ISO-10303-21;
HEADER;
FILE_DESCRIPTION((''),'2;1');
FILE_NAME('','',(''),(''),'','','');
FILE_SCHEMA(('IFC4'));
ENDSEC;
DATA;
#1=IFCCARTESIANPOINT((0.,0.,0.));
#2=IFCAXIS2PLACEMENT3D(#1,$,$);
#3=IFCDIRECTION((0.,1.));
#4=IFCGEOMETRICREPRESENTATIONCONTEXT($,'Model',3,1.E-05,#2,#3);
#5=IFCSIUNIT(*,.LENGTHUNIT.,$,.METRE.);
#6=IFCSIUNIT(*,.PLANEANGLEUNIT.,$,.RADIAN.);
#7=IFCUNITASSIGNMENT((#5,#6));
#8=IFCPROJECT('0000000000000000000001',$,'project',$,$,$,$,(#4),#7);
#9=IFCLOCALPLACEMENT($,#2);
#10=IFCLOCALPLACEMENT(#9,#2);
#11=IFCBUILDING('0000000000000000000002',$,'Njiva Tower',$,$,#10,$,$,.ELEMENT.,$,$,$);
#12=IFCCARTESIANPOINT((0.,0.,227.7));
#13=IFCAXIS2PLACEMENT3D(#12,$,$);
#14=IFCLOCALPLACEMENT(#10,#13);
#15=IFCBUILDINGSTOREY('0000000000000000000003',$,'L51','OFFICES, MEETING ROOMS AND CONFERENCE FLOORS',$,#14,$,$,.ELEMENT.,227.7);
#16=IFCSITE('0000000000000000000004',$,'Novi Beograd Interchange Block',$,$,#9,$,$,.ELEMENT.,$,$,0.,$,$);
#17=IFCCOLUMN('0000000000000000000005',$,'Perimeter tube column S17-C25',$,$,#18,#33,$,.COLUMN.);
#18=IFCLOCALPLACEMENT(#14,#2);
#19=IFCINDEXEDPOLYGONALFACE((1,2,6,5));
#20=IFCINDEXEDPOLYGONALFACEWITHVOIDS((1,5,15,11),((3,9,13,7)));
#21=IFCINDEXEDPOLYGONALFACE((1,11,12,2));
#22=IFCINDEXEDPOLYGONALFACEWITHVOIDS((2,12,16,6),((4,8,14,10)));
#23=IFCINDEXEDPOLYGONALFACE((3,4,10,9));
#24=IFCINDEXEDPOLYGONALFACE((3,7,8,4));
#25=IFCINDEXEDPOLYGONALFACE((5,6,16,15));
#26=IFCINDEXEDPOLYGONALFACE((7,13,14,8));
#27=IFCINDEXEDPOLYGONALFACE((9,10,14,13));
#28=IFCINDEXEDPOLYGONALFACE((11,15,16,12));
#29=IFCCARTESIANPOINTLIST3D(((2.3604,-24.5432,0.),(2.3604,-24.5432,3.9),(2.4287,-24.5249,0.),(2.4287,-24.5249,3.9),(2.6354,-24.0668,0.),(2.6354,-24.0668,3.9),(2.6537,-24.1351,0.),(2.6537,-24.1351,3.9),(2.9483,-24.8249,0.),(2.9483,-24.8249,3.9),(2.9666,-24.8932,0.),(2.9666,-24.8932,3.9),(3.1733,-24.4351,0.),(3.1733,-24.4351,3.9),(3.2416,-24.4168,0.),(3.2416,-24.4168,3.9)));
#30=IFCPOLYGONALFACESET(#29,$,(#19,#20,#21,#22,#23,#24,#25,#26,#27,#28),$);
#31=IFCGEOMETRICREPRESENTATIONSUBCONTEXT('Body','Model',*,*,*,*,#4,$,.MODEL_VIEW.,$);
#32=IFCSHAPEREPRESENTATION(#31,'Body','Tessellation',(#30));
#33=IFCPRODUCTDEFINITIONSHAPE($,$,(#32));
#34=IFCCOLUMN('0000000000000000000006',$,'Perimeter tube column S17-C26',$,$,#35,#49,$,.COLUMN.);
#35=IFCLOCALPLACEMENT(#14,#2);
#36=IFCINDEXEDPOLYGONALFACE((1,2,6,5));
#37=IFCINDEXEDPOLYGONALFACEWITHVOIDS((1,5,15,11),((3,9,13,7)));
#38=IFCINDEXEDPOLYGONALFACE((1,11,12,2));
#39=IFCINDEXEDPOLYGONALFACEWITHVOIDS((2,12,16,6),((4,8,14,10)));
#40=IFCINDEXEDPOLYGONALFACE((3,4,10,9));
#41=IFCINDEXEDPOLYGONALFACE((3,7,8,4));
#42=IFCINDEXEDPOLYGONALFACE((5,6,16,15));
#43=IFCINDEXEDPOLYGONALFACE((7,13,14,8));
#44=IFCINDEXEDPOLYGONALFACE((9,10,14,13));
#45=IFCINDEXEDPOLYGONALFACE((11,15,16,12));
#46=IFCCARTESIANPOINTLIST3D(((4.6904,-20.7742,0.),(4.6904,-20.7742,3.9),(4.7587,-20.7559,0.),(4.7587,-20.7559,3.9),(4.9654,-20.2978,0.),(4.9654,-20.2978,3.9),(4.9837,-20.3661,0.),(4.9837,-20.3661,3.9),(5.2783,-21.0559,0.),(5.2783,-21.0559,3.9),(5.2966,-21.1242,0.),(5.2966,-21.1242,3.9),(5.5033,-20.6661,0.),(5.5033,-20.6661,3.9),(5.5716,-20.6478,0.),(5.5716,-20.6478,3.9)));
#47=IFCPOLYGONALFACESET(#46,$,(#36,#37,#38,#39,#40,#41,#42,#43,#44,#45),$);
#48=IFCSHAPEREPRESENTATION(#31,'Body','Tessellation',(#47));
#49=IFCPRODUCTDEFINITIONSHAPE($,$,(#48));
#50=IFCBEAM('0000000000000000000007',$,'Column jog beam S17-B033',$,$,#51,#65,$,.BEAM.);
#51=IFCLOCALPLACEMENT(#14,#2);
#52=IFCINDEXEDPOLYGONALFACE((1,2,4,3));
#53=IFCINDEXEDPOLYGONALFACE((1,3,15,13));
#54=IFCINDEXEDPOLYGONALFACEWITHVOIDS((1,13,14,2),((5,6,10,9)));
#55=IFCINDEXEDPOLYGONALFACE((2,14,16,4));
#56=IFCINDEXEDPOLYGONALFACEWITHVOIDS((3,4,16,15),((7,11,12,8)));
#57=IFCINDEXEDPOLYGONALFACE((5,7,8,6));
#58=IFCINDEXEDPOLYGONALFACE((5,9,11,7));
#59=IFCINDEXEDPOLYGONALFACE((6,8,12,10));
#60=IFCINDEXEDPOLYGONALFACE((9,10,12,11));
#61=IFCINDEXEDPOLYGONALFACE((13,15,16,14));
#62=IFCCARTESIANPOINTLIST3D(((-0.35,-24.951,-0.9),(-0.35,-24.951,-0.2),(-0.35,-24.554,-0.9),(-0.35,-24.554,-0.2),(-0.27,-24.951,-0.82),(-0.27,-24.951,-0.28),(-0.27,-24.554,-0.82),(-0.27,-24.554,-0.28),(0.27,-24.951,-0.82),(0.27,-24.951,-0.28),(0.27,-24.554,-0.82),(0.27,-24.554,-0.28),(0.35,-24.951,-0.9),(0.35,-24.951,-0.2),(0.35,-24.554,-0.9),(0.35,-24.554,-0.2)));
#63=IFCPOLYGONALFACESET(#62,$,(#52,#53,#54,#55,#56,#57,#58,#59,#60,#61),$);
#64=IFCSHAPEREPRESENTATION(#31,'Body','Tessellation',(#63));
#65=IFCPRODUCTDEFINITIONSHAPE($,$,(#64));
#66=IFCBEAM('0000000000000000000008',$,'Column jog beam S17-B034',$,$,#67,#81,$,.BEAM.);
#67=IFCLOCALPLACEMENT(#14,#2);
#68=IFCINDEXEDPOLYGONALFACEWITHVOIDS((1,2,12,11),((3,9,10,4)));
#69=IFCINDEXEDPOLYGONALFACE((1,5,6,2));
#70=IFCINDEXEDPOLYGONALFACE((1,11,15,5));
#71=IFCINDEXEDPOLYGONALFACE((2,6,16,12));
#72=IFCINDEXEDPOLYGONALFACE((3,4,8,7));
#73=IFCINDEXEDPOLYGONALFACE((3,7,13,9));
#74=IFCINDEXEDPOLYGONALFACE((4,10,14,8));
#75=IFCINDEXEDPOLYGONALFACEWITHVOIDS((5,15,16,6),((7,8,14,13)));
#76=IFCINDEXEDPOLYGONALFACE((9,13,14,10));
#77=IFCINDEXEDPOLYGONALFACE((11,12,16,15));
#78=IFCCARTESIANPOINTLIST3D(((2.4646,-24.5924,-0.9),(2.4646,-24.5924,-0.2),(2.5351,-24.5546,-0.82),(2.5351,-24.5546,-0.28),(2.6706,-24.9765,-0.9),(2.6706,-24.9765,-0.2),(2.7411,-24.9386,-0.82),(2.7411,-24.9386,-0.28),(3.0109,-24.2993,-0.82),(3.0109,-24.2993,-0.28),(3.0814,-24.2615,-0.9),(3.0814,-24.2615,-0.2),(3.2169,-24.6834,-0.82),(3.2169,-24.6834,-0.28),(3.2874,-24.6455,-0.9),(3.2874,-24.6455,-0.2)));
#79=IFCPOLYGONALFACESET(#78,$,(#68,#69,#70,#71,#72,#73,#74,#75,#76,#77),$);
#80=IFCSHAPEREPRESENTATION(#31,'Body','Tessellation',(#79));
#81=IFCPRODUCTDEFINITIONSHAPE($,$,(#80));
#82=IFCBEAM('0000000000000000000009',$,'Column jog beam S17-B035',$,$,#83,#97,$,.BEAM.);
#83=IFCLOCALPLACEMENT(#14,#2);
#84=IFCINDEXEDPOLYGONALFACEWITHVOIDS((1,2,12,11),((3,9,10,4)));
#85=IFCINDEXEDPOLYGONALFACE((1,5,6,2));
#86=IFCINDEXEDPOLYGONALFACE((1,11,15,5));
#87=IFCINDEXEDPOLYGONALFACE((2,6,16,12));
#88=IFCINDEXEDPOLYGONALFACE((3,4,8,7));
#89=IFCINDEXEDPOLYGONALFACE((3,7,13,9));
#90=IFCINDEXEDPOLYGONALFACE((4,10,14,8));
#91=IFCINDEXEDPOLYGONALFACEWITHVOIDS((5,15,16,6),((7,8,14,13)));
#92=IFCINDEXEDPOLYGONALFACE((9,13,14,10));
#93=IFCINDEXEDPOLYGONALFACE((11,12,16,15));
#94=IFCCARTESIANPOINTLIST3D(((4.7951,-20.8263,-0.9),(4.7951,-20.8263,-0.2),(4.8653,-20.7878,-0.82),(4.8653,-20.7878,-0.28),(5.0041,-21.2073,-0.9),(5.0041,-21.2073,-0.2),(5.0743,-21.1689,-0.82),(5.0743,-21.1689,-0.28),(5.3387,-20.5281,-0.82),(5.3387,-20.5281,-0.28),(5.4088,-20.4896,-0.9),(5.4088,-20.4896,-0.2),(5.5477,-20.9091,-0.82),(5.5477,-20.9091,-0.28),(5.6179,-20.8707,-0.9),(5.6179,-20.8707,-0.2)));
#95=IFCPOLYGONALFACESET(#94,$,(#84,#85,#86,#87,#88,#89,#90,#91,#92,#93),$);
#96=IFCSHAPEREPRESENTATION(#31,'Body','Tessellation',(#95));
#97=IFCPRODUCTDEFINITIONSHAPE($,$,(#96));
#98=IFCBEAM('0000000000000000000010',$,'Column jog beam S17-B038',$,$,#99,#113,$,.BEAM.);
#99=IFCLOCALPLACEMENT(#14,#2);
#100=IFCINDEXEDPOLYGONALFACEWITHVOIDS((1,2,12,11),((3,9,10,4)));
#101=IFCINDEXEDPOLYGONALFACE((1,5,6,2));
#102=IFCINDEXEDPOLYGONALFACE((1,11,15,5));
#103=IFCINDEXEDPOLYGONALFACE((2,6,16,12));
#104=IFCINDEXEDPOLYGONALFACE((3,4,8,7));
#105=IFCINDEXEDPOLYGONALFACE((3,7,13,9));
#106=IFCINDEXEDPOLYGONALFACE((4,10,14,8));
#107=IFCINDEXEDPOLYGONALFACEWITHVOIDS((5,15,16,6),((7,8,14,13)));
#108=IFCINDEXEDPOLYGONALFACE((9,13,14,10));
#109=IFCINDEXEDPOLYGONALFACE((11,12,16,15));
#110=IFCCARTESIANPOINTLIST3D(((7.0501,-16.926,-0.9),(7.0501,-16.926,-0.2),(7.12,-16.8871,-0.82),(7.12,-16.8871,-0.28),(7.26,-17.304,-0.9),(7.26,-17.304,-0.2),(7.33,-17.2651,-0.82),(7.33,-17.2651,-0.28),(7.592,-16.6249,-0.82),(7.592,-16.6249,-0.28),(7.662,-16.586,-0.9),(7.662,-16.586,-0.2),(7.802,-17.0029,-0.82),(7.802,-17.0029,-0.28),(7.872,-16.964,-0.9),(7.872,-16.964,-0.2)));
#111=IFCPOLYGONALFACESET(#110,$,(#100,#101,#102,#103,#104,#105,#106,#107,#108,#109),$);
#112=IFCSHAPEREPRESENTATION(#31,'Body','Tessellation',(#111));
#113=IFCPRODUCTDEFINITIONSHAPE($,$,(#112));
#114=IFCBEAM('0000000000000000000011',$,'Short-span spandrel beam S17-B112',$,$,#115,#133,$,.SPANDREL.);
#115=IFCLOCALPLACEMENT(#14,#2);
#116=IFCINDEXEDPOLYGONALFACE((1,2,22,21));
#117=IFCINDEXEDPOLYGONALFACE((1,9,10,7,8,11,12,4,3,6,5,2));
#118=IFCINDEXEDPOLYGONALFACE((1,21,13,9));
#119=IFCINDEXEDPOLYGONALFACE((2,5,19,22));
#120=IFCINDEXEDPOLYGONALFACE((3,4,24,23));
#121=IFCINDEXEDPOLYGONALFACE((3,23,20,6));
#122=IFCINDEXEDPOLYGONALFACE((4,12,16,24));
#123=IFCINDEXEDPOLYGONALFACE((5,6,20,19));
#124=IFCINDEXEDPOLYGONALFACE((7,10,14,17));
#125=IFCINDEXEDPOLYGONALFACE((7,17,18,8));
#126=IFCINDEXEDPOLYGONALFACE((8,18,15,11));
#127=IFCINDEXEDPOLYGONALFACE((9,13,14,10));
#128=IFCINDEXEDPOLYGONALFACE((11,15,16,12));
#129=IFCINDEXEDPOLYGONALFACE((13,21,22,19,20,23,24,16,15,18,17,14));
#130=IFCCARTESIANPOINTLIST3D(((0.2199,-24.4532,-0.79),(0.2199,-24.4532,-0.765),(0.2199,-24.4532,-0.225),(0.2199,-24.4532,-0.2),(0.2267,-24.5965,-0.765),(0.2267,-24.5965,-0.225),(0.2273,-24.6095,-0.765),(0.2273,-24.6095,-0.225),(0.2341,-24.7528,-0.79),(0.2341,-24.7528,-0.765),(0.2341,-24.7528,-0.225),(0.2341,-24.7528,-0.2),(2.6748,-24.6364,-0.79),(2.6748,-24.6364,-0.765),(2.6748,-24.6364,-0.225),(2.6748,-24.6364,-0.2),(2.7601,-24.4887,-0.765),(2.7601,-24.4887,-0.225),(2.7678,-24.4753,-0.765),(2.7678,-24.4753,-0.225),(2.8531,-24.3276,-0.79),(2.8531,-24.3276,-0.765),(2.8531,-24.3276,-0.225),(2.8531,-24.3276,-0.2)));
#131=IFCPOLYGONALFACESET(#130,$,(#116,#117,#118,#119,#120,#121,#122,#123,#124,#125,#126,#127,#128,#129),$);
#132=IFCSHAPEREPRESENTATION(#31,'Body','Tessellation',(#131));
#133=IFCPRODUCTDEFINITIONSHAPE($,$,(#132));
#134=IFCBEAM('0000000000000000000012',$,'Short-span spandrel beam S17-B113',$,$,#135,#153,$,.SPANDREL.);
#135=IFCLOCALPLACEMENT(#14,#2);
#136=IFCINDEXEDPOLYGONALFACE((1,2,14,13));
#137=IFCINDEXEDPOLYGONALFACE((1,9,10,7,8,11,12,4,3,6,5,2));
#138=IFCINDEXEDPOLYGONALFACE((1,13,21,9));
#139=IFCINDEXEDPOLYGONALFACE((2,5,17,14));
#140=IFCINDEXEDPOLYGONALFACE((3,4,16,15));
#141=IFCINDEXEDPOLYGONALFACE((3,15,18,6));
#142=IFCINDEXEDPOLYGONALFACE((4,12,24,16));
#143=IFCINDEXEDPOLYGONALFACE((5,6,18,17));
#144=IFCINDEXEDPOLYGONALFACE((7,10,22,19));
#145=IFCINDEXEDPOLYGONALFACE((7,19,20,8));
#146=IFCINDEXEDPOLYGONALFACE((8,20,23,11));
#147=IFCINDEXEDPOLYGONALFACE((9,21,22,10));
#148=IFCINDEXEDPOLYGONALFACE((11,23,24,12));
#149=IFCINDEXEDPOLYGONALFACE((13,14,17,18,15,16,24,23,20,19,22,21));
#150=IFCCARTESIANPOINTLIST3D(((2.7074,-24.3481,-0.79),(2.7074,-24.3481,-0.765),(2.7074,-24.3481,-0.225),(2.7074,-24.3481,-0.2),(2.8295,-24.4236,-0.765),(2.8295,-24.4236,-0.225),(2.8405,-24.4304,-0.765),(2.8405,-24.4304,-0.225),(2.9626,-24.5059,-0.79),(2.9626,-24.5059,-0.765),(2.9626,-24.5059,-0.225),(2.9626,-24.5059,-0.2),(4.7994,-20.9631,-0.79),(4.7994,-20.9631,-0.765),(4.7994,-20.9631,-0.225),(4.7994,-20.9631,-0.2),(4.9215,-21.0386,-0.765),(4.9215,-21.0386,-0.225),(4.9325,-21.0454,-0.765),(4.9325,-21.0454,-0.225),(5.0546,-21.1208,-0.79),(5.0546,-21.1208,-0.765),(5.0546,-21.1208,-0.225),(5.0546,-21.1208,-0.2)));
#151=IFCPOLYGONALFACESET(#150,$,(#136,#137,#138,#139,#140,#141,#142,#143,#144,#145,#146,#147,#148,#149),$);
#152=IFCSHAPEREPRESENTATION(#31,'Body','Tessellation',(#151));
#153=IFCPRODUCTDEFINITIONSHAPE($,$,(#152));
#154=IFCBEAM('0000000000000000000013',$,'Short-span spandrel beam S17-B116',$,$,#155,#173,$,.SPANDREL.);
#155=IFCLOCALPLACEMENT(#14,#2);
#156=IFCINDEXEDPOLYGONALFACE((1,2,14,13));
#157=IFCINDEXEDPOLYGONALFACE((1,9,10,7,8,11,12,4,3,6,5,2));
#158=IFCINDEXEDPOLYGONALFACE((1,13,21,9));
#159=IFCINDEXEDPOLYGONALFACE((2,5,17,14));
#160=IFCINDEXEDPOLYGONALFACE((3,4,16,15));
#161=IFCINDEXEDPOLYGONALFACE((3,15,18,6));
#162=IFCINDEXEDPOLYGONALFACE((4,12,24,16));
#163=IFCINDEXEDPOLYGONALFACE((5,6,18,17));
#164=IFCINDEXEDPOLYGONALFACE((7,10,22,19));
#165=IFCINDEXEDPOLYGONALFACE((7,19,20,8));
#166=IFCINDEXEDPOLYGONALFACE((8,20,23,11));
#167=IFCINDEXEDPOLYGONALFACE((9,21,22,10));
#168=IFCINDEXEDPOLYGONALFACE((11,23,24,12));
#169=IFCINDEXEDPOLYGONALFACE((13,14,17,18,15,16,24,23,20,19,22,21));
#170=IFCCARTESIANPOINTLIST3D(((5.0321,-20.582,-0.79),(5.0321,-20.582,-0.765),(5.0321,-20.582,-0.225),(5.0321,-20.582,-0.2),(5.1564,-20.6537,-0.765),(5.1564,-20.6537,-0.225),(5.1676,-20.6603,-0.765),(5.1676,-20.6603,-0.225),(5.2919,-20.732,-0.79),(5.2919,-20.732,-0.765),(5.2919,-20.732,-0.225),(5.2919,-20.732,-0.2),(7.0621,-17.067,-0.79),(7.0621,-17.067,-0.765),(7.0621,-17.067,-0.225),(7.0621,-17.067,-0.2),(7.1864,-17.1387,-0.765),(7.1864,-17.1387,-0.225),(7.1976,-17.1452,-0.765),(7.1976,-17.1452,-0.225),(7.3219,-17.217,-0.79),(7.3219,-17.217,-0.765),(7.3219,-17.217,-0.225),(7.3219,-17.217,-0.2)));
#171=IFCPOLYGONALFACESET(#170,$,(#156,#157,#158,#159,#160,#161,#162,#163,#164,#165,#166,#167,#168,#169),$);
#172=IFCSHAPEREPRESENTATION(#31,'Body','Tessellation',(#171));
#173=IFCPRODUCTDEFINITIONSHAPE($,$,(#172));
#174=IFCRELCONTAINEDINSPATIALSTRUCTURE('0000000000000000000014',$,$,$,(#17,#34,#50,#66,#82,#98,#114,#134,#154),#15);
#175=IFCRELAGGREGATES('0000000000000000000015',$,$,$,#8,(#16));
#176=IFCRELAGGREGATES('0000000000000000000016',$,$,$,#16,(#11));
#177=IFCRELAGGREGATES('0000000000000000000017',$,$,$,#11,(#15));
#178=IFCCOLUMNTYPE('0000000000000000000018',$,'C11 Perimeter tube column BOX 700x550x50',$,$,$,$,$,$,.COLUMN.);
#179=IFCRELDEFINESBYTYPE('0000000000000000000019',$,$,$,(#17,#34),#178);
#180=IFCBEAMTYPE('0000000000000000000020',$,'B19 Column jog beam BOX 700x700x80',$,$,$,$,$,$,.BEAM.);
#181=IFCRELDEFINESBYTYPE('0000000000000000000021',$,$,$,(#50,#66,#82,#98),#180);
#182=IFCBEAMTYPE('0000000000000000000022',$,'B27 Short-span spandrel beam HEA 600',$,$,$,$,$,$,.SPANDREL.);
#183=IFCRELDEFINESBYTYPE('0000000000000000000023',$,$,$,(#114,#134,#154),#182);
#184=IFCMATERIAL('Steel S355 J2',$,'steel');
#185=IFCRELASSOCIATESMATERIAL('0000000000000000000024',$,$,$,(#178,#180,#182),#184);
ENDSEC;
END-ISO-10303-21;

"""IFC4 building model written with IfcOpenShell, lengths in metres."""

from ifc_helpers import new_model, si_unit, direction, frame, origin, origin_2d, place, context, subcontext, project, spatial, hollow_rectangle, i_section, extrude, clip, halfspace, material, material_profile, profile_set, type_object, element, save


model = new_model("IFC4")

# Units and contexts
model_context = context("Model", 3, precision=1e-05, world=origin(), true_north=direction((0.0, 1.0)))
body_context = subcontext(model_context, "Body", "Model", "MODEL_VIEW")
ifc_project = project(units=[si_unit("LENGTHUNIT", "METRE"), si_unit("PLANEANGLEUNIT", "RADIAN")], contexts=[model_context])

# Site, building, storey
site_placement = place(None, origin())
site = spatial("IfcSite", under=ifc_project, at=site_placement, Name="Novi Beograd Interchange Block", CompositionType="ELEMENT", RefElevation=0.0)
building_placement = place(site_placement, origin())
building = spatial("IfcBuilding", under=site, at=building_placement, Name="Njiva Tower", CompositionType="ELEMENT")
storey_placement = place(building_placement, frame((0.0, 0.0, 227.7)))
storey = spatial("IfcBuildingStorey", under=building, at=storey_placement, Name="L51", Description="OFFICES, MEETING ROOMS AND CONFERENCE FLOORS", CompositionType="ELEMENT", Elevation=227.7)

# Columns
ifc_material_1 = material(Name="Steel S355 J2", Category="steel")
ifc_material_profile_1 = material_profile(ifc_material_1, hollow_rectangle(XDim=0.55, YDim=0.7, WallThickness=0.05, at=origin_2d()), Name="BOX 700x550x50")
ifc_profile_set_1 = profile_set([ifc_material_profile_1], Name="Steel S355 J2")
column_type = type_object("IfcColumnType", Name="C11 Perimeter tube column BOX 700x550x50", PredefinedType="COLUMN", material=ifc_profile_set_1)
for number, where, z_axis, x_axis, name in (
    (1, (2.801, -24.48, 0.0), (0.0, 0.0, 1.0), (0.5, 0.866025, 0.0), "Perimeter tube column S17-C25"),
    (2, (5.131, -20.711, 0.0), (0.0, 0.0, 1.0), (0.5, 0.866025, 0.0), "Perimeter tube column S17-C26"),
):
    element("IfcColumn", number, at=place(storey_placement, frame(where, z_axis=z_axis, x_axis=x_axis)), inside=storey, type_object=column_type, Name=name, PredefinedType="COLUMN", context=body_context, shape_type="SweptSolid", body=[
        extrude(hollow_rectangle(XDim=0.55, YDim=0.7, WallThickness=0.05, at=origin_2d()), origin(), (0.0, 0.0, 1.0), 3.9),
    ])

# Beams
ifc_material_profile_2 = material_profile(ifc_material_1, hollow_rectangle(XDim=0.7, YDim=0.7, WallThickness=0.08, at=origin_2d()), Name="BOX 700x700x80")
ifc_profile_set_2 = profile_set([ifc_material_profile_2], Name="Steel S355 J2")
beam_type_1 = type_object("IfcBeamType", Name="B19 Column jog beam BOX 700x700x80", PredefinedType="BEAM", material=ifc_profile_set_2)
beam_1_placement = place(storey_placement, frame((0.0, -24.951, -0.55), z_axis=(0.0, 1.0, 0.0), x_axis=(-1.0, 0.0, 0.0)))
element("IfcBeam", 3, at=beam_1_placement, inside=storey, type_object=beam_type_1, Name="Column jog beam S17-B033", PredefinedType="BEAM", context=body_context, shape_type="SweptSolid", body=[
    extrude(hollow_rectangle(XDim=0.7, YDim=0.7, WallThickness=0.08, at=origin_2d()), origin(), (0.0, 0.0, 1.0), 0.397),
])
beam_2_placement = place(storey_placement, frame((2.979, -24.811, -0.55), z_axis=(-0.472731, 0.881207, 0.0), x_axis=(-0.881207, -0.472731, 0.0)))
element("IfcBeam", 4, at=beam_2_placement, inside=storey, type_object=beam_type_1, Name="Column jog beam S17-B034", PredefinedType="BEAM", context=body_context, shape_type="SweptSolid", body=[
    extrude(hollow_rectangle(XDim=0.7, YDim=0.7, WallThickness=0.08, at=origin_2d()), origin(), (0.0, 0.0, 1.0), 0.4358),
])
beam_3_placement = place(storey_placement, frame((5.311, -21.039, -0.55), z_axis=(-0.480947, 0.87675, 0.0), x_axis=(-0.87675, -0.480947, 0.0)))
element("IfcBeam", 5, at=beam_3_placement, inside=storey, type_object=beam_type_1, Name="Column jog beam S17-B035", PredefinedType="BEAM", context=body_context, shape_type="SweptSolid", body=[
    extrude(hollow_rectangle(XDim=0.7, YDim=0.7, WallThickness=0.08, at=origin_2d()), origin(), (0.0, 0.0, 1.0), 0.4346),
])
beam_4_placement = place(storey_placement, frame((7.566, -17.134, -0.55), z_axis=(-0.485643, 0.874157, 0.0), x_axis=(-0.874157, -0.485643, 0.0)))
element("IfcBeam", 6, at=beam_4_placement, inside=storey, type_object=beam_type_1, Name="Column jog beam S17-B038", PredefinedType="BEAM", context=body_context, shape_type="SweptSolid", body=[
    extrude(hollow_rectangle(XDim=0.7, YDim=0.7, WallThickness=0.08, at=origin_2d()), origin(), (0.0, 0.0, 1.0), 0.4324),
])
ifc_material_profile_3 = material_profile(ifc_material_1, i_section(OverallWidth=0.3, OverallDepth=0.59, WebThickness=0.013, FlangeThickness=0.025, at=origin_2d()), Name="HEA 600")
ifc_profile_set_3 = profile_set([ifc_material_profile_3], Name="Steel S355 J2")
beam_type_2 = type_object("IfcBeamType", Name="B27 Short-span spandrel beam HEA 600", PredefinedType="SPANDREL", material=ifc_profile_set_3)
beam_5_placement = place(storey_placement, frame((0.227, -24.603, -0.495), z_axis=(0.998865, 0.04764, 0.0), x_axis=(-0.04764, 0.998865, 0.0)))
element("IfcBeam", 7, at=beam_5_placement, inside=storey, type_object=beam_type_2, Name="Short-span spandrel beam S17-B112", PredefinedType="SPANDREL", context=body_context, shape_type="Clipping", body=[
    clip(extrude(i_section(OverallWidth=0.3, OverallDepth=0.59, WebThickness=0.013, FlangeThickness=0.025, at=origin_2d()), origin(), (0.0, 0.0, 1.0), 2.6559), halfspace(frame((-0.0273, 0.0, 2.5223), z_axis=(-0.540688, 0.0, 0.841223), x_axis=(0.0, 1.0, 0.0)), False)),
])
beam_6_placement = place(storey_placement, frame((2.835, -24.427, -0.495), z_axis=(0.525723, 0.850656, 0.0), x_axis=(-0.850656, 0.525723, 0.0)))
element("IfcBeam", 8, at=beam_6_placement, inside=storey, type_object=beam_type_2, Name="Short-span spandrel beam S17-B113", PredefinedType="SPANDREL", context=body_context, shape_type="SweptSolid", body=[
    extrude(i_section(OverallWidth=0.3, OverallDepth=0.59, WebThickness=0.013, FlangeThickness=0.025, at=origin_2d()), origin(), (0.0, 0.0, 1.0), 3.9793),
])
beam_7_placement = place(storey_placement, frame((5.162, -20.657, -0.495), z_axis=(0.500113, 0.86596, 0.0), x_axis=(-0.86596, 0.500113, 0.0)))
element("IfcBeam", 9, at=beam_7_placement, inside=storey, type_object=beam_type_2, Name="Short-span spandrel beam S17-B116", PredefinedType="SPANDREL", context=body_context, shape_type="SweptSolid", body=[
    extrude(i_section(OverallWidth=0.3, OverallDepth=0.59, WebThickness=0.013, FlangeThickness=0.025, at=origin_2d()), origin(), (0.0, 0.0, 1.0), 4.0591),
])

save(model, "model.ifc")
